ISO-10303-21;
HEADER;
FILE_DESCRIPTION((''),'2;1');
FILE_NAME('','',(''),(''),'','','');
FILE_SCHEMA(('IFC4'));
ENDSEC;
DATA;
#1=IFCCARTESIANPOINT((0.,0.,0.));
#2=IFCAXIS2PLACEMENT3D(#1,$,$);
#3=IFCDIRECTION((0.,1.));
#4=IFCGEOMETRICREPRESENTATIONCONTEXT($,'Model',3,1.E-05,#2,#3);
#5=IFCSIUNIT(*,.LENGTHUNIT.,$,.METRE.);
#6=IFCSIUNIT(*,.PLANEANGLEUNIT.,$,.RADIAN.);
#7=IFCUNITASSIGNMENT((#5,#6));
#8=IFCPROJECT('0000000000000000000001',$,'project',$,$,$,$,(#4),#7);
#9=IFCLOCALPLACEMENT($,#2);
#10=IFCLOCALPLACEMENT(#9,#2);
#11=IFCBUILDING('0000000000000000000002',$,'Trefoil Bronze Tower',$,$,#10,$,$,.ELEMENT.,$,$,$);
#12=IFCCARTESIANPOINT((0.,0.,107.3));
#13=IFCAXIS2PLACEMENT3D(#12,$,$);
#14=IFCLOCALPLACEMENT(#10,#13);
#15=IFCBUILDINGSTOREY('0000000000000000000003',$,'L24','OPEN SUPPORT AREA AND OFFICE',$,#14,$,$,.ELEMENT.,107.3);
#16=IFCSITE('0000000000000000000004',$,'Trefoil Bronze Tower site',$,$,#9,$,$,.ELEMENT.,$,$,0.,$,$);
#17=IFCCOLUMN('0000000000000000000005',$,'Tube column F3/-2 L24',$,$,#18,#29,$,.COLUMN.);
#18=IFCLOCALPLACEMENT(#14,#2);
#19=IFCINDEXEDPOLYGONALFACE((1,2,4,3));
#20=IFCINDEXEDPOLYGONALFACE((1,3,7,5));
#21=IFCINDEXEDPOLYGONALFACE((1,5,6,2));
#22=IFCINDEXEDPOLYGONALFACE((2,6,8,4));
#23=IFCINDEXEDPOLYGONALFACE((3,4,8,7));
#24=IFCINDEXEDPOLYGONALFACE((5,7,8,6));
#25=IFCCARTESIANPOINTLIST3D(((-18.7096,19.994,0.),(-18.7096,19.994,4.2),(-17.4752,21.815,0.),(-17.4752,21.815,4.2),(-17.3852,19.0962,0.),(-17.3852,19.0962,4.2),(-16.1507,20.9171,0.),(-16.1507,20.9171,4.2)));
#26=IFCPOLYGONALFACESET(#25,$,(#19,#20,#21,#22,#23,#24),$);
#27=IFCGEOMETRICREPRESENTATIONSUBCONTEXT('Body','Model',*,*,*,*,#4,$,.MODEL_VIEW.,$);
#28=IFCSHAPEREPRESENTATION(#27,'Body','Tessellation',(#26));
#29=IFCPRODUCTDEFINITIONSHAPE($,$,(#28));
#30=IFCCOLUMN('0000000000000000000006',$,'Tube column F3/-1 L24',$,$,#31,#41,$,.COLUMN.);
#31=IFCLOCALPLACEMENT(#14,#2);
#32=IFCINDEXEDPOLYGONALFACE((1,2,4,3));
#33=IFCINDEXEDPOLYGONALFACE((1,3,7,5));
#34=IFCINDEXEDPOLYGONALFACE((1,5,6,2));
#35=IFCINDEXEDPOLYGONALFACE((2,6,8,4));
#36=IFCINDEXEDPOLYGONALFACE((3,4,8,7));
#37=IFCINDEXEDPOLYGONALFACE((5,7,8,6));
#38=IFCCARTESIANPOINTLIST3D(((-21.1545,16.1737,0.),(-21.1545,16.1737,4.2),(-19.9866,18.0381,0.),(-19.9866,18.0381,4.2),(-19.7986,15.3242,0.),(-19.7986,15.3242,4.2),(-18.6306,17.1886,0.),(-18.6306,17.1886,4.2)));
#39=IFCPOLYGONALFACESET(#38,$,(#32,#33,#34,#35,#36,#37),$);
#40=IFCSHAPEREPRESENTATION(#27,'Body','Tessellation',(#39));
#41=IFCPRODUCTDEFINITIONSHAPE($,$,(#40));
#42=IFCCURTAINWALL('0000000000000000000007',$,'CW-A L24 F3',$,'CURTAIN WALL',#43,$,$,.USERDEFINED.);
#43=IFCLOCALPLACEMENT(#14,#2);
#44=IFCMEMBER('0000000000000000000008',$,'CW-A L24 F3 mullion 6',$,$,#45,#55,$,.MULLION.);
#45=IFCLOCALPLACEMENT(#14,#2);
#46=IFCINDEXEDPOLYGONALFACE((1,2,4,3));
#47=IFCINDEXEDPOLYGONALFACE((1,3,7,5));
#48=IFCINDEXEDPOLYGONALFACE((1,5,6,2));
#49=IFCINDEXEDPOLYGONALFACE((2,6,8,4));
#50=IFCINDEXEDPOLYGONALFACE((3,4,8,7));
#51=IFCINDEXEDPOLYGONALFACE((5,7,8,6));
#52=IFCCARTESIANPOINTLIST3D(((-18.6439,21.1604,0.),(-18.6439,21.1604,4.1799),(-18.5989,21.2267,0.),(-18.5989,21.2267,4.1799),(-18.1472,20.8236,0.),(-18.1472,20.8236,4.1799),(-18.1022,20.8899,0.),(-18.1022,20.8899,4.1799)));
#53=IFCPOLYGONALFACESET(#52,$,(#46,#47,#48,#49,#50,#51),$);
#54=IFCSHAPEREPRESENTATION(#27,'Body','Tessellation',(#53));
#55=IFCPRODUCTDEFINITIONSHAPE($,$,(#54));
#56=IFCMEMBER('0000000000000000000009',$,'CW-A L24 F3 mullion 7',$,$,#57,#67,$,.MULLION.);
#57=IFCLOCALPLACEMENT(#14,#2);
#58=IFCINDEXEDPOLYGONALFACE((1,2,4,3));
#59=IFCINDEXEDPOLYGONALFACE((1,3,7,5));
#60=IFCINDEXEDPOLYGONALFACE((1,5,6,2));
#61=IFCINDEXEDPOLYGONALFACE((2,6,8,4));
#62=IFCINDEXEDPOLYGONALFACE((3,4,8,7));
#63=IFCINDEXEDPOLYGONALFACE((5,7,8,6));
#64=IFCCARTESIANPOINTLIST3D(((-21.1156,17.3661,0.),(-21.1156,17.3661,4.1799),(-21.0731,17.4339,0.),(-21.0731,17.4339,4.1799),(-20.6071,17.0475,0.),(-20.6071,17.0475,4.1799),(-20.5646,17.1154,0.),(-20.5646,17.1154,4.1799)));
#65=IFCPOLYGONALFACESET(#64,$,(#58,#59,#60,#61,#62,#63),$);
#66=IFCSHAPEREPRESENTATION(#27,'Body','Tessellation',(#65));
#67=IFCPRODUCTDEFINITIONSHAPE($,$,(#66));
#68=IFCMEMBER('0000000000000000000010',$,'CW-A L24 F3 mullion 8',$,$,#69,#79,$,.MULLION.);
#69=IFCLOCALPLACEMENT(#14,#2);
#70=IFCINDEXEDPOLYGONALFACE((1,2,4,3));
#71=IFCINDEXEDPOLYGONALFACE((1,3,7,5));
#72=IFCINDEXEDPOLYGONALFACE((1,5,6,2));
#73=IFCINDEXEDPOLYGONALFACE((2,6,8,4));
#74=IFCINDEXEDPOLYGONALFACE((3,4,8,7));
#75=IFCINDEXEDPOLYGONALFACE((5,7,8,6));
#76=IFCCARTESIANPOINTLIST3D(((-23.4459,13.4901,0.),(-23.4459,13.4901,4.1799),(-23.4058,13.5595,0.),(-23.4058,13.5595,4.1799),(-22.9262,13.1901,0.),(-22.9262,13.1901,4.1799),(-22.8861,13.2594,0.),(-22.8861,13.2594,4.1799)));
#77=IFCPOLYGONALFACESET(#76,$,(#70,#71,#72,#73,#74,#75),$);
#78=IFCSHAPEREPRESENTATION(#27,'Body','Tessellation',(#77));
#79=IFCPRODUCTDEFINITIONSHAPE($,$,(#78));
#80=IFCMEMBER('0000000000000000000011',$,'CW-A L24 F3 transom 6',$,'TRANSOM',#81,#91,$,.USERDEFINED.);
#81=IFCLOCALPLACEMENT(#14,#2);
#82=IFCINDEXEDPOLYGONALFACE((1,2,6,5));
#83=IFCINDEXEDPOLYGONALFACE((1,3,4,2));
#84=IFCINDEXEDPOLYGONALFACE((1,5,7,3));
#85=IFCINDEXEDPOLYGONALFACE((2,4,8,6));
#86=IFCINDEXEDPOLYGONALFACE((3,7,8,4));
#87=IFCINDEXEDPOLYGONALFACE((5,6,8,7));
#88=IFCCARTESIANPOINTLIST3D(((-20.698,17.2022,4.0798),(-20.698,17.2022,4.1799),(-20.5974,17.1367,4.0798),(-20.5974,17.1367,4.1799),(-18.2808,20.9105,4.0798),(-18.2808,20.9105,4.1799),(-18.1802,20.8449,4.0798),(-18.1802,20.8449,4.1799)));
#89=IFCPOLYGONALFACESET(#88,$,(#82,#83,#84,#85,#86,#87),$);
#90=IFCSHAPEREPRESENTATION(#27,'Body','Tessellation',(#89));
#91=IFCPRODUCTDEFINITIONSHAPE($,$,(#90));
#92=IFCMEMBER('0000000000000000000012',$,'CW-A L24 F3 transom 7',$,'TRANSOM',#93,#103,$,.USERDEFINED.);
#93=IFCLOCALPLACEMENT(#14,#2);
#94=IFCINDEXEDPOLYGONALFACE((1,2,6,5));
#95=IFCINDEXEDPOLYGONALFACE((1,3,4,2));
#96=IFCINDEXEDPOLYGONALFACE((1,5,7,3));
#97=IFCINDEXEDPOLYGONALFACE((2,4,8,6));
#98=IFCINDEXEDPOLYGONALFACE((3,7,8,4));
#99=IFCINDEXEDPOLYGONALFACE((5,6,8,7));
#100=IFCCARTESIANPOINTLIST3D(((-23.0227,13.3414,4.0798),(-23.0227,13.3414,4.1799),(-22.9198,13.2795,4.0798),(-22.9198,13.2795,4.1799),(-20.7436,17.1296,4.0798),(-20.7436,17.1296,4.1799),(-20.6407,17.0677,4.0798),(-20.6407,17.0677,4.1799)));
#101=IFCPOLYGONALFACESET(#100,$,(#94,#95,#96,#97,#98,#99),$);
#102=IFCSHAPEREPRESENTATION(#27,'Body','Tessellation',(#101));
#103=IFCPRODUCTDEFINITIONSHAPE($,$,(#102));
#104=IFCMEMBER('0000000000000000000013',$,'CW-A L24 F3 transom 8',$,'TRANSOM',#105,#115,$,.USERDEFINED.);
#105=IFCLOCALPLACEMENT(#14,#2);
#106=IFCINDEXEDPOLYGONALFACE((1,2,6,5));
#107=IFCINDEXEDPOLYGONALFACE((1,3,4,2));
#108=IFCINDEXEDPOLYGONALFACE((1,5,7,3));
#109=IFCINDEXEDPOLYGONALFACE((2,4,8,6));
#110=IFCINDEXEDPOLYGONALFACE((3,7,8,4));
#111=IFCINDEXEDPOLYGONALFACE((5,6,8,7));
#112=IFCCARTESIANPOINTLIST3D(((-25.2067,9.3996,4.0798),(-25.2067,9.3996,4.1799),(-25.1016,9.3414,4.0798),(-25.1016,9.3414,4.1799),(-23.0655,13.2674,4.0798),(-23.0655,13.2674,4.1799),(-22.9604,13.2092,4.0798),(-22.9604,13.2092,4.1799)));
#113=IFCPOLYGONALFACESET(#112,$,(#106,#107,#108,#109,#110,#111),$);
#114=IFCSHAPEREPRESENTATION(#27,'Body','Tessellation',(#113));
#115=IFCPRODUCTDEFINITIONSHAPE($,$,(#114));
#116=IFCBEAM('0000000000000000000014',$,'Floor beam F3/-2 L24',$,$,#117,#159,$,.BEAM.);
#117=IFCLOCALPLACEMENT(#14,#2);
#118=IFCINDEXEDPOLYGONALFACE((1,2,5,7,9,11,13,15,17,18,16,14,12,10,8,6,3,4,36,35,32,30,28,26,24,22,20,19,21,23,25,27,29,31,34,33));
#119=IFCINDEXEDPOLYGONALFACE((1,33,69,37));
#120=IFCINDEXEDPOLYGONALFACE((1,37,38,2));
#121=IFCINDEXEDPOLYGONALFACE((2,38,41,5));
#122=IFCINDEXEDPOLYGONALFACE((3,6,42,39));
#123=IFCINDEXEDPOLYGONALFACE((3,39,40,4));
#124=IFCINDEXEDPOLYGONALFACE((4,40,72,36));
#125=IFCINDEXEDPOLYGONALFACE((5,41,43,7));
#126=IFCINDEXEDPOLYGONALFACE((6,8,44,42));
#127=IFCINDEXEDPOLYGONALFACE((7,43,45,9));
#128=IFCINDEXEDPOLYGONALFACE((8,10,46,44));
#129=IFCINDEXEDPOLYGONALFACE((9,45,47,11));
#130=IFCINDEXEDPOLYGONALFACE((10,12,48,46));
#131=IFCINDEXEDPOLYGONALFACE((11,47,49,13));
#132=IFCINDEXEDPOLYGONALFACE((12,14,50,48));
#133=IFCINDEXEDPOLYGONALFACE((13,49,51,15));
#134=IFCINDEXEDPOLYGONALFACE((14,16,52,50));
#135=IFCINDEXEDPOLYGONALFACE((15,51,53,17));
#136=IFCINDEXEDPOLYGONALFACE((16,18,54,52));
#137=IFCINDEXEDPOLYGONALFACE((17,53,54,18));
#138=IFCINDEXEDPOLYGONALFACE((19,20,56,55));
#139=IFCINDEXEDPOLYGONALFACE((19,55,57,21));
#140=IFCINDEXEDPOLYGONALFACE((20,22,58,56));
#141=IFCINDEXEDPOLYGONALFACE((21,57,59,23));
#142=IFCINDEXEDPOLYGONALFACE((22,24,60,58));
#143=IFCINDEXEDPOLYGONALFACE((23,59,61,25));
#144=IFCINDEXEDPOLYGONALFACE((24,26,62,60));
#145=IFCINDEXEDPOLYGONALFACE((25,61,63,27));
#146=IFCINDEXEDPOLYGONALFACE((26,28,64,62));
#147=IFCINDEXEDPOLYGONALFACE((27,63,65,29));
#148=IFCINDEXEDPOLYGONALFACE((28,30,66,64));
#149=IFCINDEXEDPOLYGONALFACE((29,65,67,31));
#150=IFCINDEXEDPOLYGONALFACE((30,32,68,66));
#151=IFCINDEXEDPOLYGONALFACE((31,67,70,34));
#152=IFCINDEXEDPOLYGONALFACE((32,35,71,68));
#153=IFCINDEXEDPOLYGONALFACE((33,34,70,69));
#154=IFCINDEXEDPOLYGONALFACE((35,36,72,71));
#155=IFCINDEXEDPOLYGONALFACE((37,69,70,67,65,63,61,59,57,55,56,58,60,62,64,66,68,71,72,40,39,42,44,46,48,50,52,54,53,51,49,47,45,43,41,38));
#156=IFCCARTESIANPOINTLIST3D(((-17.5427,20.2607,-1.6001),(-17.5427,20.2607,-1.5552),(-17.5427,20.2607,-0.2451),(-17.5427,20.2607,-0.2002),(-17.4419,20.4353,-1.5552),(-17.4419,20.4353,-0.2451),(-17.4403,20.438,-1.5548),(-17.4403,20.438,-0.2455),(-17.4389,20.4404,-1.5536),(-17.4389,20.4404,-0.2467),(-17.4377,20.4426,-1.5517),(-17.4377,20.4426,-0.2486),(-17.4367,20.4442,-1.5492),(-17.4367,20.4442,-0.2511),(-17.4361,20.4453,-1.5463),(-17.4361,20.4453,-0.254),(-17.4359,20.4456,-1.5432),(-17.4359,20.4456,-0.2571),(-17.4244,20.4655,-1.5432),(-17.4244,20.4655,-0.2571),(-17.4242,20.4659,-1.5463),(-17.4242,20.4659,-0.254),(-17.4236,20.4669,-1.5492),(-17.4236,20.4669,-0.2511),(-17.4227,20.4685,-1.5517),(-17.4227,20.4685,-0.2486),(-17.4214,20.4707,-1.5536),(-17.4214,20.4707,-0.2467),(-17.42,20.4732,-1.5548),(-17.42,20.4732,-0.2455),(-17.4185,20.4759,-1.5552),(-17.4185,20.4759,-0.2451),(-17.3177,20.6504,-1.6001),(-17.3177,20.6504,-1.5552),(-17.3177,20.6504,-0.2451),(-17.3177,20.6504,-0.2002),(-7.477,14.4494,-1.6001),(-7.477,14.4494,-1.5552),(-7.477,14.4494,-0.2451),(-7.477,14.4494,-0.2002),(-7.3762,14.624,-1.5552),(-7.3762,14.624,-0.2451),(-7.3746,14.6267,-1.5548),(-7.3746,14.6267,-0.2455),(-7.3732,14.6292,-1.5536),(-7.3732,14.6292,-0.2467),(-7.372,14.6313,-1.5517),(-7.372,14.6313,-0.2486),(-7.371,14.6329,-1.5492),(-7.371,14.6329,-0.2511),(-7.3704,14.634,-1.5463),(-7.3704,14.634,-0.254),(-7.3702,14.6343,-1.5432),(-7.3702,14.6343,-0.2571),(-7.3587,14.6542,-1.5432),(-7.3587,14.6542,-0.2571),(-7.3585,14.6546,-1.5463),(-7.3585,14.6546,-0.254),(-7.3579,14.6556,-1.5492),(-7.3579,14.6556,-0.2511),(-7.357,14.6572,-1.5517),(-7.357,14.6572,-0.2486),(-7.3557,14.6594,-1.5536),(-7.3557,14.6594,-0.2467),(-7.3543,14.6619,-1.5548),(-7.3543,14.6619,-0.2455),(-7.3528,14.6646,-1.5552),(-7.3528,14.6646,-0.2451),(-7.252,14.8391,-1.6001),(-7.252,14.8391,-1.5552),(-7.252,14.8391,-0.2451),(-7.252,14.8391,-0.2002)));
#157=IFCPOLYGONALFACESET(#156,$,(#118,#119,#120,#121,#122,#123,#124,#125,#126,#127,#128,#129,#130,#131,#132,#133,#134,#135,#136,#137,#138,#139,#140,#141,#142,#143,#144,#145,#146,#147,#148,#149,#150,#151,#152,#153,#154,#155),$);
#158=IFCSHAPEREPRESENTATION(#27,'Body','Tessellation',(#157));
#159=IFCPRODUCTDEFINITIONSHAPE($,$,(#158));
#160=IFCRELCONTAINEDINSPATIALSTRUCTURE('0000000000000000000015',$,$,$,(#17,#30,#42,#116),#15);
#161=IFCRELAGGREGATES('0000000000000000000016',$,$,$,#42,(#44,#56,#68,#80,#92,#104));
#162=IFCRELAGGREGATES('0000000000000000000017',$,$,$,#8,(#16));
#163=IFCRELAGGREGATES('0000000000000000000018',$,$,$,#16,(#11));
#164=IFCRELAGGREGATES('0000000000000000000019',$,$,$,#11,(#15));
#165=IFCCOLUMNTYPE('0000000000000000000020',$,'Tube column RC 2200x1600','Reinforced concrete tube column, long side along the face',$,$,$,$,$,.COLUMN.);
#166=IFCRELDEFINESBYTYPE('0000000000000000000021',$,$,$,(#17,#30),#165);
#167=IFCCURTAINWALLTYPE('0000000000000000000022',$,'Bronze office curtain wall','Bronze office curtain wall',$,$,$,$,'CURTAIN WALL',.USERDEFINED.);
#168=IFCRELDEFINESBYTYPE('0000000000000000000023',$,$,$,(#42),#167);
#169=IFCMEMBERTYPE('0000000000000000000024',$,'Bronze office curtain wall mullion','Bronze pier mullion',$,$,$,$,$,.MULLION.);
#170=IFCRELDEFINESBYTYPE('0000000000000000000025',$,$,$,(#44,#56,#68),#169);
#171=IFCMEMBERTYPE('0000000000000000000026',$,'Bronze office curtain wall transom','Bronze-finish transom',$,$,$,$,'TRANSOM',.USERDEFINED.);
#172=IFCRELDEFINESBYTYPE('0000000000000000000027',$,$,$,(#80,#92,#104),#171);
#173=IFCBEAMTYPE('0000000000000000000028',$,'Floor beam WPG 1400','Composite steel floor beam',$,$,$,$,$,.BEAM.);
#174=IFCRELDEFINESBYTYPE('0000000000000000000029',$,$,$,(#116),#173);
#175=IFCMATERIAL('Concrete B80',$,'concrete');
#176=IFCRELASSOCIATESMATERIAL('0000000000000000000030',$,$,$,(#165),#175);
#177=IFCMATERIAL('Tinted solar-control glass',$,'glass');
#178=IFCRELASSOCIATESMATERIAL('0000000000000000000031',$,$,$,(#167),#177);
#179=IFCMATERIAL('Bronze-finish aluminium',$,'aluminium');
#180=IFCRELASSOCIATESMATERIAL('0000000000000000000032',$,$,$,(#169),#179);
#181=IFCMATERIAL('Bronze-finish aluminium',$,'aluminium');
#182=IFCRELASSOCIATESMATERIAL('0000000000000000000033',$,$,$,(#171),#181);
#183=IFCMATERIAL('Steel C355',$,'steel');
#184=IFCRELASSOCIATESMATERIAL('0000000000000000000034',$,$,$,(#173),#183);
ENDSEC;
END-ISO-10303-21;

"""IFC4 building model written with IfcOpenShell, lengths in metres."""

from ifc_helpers import new_model, si_unit, direction, frame, origin, origin_2d, place, context, subcontext, project, spatial, rectangle, i_section, extrude, material, material_profile, profile_set, type_object, element, aggregate, save


model = new_model("IFC4")

# Units and contexts
model_context = context("Model", 3, precision=1e-05, world=origin(), true_north=direction((0.0, 1.0)))
body_context = subcontext(model_context, "Body", "Model", "MODEL_VIEW")
ifc_project = project(units=[si_unit("LENGTHUNIT", "METRE"), si_unit("PLANEANGLEUNIT", "RADIAN")], contexts=[model_context])

# Site, building, storey
site_placement = place(None, origin())
site = spatial("IfcSite", under=ifc_project, at=site_placement, Name="Trefoil Bronze Tower site", CompositionType="ELEMENT", RefElevation=0.0)
building_placement = place(site_placement, origin())
building = spatial("IfcBuilding", under=site, at=building_placement, Name="Trefoil Bronze Tower", CompositionType="ELEMENT")
storey_placement = place(building_placement, frame((0.0, 0.0, 107.3)))
storey = spatial("IfcBuildingStorey", under=building, at=storey_placement, Name="L24", Description="OPEN SUPPORT AREA AND OFFICE", CompositionType="ELEMENT", Elevation=107.3)

# Columns
ifc_material_1 = material(Name="Concrete B80", Category="concrete")
ifc_material_profile_1 = material_profile(ifc_material_1, rectangle(XDim=2.2, YDim=1.6001, at=origin_2d()), Name="RC 2200x1600")
ifc_profile_set_1 = profile_set([ifc_material_profile_1], Name="Concrete B80")
column_type = type_object("IfcColumnType", Name="Tube column RC 2200x1600", Description="Reinforced concrete tube column, long side along the face", PredefinedType="COLUMN", material=ifc_profile_set_1)
for number, where, z_axis, x_axis, name in (
    (1, (-17.4302, 20.4556, 0.0), (0.0, 0.0, 1.0), (-0.561136, -0.827724, 0.0), "Tube column F3/-2 L24"),
    (2, (-19.8926, 16.6812, 0.0), (0.0, 0.0, 1.0), (-0.530893, -0.847439, 0.0), "Tube column F3/-1 L24"),
):
    element("IfcColumn", number, at=place(storey_placement, frame(where, z_axis=z_axis, x_axis=x_axis)), inside=storey, type_object=column_type, Name=name, PredefinedType="COLUMN", context=body_context, shape_type="SweptSolid", body=[
        extrude(rectangle(XDim=2.2, YDim=1.6001, at=origin_2d()), origin(), (0.0, 0.0, 1.0), 4.2),
    ])

# Curtain wall, members
ifc_material_2 = material(Name="Tinted solar-control glass", Category="glass")
curtain_wall_type = type_object("IfcCurtainWallType", Name="Bronze office curtain wall", Description="Bronze office curtain wall", ElementType="CURTAIN WALL", PredefinedType="USERDEFINED", material=ifc_material_2)
curtain_wall_placement = place(storey_placement, origin())
curtain_wall = element("IfcCurtainWall", 3, at=curtain_wall_placement, inside=storey, type_object=curtain_wall_type, Name="CW-A L24 F3", ObjectType="CURTAIN WALL", PredefinedType="USERDEFINED")
ifc_material_3 = material(Name="Bronze-finish aluminium", Category="aluminium")
ifc_material_profile_2 = material_profile(ifc_material_3, rectangle(XDim=0.6001, YDim=0.0801, at=origin_2d()), Name="CW-A mullion")
ifc_profile_set_2 = profile_set([ifc_material_profile_2], Name="Bronze-finish aluminium")
member_type_1 = type_object("IfcMemberType", Name="Bronze office curtain wall mullion", Description="Bronze pier mullion", PredefinedType="MULLION", material=ifc_profile_set_2)
member_1_placement = place(storey_placement, frame((-18.373, 21.0251, 0.0), z_axis=(0.0, 0.0, 1.0), x_axis=(0.827724, -0.561136, 0.0)))
member_1 = element("IfcMember", 4, at=member_1_placement, type_object=member_type_1, Name="CW-A L24 F3 mullion 6", PredefinedType="MULLION", context=body_context, shape_type="SweptSolid", body=[
    extrude(rectangle(XDim=0.6001, YDim=0.0801, at=origin_2d()), origin(), (0.0, 0.0, 1.0), 4.1799),
])
member_2_placement = place(storey_placement, frame((-20.8401, 17.2407, 0.0), z_axis=(0.0, 0.0, 1.0), x_axis=(0.847439, -0.530893, 0.0)))
member_2 = element("IfcMember", 5, at=member_2_placement, type_object=member_type_1, Name="CW-A L24 F3 mullion 7", PredefinedType="MULLION", context=body_context, shape_type="SweptSolid", body=[
    extrude(rectangle(XDim=0.6001, YDim=0.0801, at=origin_2d()), origin(), (0.0, 0.0, 1.0), 4.1799),
])
member_3_placement = place(storey_placement, frame((-23.166, 13.3748, 0.0), z_axis=(0.0, 0.0, 1.0), x_axis=(0.866025, -0.5, 0.0)))
member_3 = element("IfcMember", 6, at=member_3_placement, type_object=member_type_1, Name="CW-A L24 F3 mullion 8", PredefinedType="MULLION", context=body_context, shape_type="SweptSolid", body=[
    extrude(rectangle(XDim=0.6001, YDim=0.0801, at=origin_2d()), origin(), (0.0, 0.0, 1.0), 4.1799),
])
ifc_material_4 = material(Name="Bronze-finish aluminium", Category="aluminium")
ifc_material_profile_3 = material_profile(ifc_material_4, rectangle(XDim=0.1201, YDim=0.1001, at=origin_2d()), Name="CW-A transom")
ifc_profile_set_3 = profile_set([ifc_material_profile_3], Name="Bronze-finish aluminium")
member_type_2 = type_object("IfcMemberType", Name="Bronze office curtain wall transom", Description="Bronze-finish transom", ElementType="TRANSOM", PredefinedType="USERDEFINED", material=ifc_profile_set_3)
member_4_placement = place(storey_placement, frame((-18.2305, 20.8777, 4.1299), z_axis=(-0.546079, -0.837733, 0.0), x_axis=(0.837733, -0.546079, 0.0)))
member_4 = element("IfcMember", 7, at=member_4_placement, type_object=member_type_2, Name="CW-A L24 F3 transom 6", ObjectType="TRANSOM", PredefinedType="USERDEFINED", context=body_context, shape_type="SweptSolid", body=[
    extrude(rectangle(XDim=0.1201, YDim=0.1001, at=origin_2d()), origin(), (0.0, 0.0, 1.0), 4.4265),
])
member_5_placement = place(storey_placement, frame((-20.6921, 17.0986, 4.1299), z_axis=(-0.515527, -0.856873, 0.0), x_axis=(0.856873, -0.515527, 0.0)))
member_5 = element("IfcMember", 8, at=member_5_placement, type_object=member_type_2, Name="CW-A L24 F3 transom 7", ObjectType="TRANSOM", PredefinedType="USERDEFINED", context=body_context, shape_type="SweptSolid", body=[
    extrude(rectangle(XDim=0.1201, YDim=0.1001, at=origin_2d()), origin(), (0.0, 0.0, 1.0), 4.4209),
])
member_6_placement = place(storey_placement, frame((-23.0129, 13.2383, 4.1299), z_axis=(-0.484329, -0.874886, 0.0), x_axis=(0.874886, -0.484329, 0.0)))
member_6 = element("IfcMember", 9, at=member_6_placement, type_object=member_type_2, Name="CW-A L24 F3 transom 8", ObjectType="TRANSOM", PredefinedType="USERDEFINED", context=body_context, shape_type="SweptSolid", body=[
    extrude(rectangle(XDim=0.1201, YDim=0.1001, at=origin_2d()), origin(), (0.0, 0.0, 1.0), 4.4209),
])

# Beam
ifc_material_5 = material(Name="Steel C355", Category="steel")
ifc_material_profile_4 = material_profile(ifc_material_5, i_section(OverallWidth=0.45, OverallDepth=1.3999, WebThickness=0.0229, FlangeThickness=0.0449, FilletRadius=0.012, at=origin_2d()), Name="WPG 1400")
ifc_profile_set_4 = profile_set([ifc_material_profile_4], Name="Steel C355")
beam_type_1 = type_object("IfcBeamType", Name="Floor beam WPG 1400", Description="Composite steel floor beam", PredefinedType="BEAM", material=ifc_profile_set_4)
beam_1_placement = place(storey_placement, frame((-17.4302, 20.4556, -0.9001), z_axis=(0.866031, -0.499991, 0.0), x_axis=(0.499991, 0.866031, 0.0)))
element("IfcBeam", 10, at=beam_1_placement, inside=storey, type_object=beam_type_1, Name="Floor beam F3/-2 L24", PredefinedType="BEAM", context=body_context, shape_type="SweptSolid", body=[
    extrude(i_section(OverallWidth=0.45, OverallDepth=1.3999, WebThickness=0.0229, FlangeThickness=0.0449, FilletRadius=0.012, at=origin_2d()), origin(), (0.0, 0.0, 1.0), 11.6228),
])

aggregate(curtain_wall, [member_1, member_2, member_3, member_4, member_5, member_6])

save(model, "model.ifc")
